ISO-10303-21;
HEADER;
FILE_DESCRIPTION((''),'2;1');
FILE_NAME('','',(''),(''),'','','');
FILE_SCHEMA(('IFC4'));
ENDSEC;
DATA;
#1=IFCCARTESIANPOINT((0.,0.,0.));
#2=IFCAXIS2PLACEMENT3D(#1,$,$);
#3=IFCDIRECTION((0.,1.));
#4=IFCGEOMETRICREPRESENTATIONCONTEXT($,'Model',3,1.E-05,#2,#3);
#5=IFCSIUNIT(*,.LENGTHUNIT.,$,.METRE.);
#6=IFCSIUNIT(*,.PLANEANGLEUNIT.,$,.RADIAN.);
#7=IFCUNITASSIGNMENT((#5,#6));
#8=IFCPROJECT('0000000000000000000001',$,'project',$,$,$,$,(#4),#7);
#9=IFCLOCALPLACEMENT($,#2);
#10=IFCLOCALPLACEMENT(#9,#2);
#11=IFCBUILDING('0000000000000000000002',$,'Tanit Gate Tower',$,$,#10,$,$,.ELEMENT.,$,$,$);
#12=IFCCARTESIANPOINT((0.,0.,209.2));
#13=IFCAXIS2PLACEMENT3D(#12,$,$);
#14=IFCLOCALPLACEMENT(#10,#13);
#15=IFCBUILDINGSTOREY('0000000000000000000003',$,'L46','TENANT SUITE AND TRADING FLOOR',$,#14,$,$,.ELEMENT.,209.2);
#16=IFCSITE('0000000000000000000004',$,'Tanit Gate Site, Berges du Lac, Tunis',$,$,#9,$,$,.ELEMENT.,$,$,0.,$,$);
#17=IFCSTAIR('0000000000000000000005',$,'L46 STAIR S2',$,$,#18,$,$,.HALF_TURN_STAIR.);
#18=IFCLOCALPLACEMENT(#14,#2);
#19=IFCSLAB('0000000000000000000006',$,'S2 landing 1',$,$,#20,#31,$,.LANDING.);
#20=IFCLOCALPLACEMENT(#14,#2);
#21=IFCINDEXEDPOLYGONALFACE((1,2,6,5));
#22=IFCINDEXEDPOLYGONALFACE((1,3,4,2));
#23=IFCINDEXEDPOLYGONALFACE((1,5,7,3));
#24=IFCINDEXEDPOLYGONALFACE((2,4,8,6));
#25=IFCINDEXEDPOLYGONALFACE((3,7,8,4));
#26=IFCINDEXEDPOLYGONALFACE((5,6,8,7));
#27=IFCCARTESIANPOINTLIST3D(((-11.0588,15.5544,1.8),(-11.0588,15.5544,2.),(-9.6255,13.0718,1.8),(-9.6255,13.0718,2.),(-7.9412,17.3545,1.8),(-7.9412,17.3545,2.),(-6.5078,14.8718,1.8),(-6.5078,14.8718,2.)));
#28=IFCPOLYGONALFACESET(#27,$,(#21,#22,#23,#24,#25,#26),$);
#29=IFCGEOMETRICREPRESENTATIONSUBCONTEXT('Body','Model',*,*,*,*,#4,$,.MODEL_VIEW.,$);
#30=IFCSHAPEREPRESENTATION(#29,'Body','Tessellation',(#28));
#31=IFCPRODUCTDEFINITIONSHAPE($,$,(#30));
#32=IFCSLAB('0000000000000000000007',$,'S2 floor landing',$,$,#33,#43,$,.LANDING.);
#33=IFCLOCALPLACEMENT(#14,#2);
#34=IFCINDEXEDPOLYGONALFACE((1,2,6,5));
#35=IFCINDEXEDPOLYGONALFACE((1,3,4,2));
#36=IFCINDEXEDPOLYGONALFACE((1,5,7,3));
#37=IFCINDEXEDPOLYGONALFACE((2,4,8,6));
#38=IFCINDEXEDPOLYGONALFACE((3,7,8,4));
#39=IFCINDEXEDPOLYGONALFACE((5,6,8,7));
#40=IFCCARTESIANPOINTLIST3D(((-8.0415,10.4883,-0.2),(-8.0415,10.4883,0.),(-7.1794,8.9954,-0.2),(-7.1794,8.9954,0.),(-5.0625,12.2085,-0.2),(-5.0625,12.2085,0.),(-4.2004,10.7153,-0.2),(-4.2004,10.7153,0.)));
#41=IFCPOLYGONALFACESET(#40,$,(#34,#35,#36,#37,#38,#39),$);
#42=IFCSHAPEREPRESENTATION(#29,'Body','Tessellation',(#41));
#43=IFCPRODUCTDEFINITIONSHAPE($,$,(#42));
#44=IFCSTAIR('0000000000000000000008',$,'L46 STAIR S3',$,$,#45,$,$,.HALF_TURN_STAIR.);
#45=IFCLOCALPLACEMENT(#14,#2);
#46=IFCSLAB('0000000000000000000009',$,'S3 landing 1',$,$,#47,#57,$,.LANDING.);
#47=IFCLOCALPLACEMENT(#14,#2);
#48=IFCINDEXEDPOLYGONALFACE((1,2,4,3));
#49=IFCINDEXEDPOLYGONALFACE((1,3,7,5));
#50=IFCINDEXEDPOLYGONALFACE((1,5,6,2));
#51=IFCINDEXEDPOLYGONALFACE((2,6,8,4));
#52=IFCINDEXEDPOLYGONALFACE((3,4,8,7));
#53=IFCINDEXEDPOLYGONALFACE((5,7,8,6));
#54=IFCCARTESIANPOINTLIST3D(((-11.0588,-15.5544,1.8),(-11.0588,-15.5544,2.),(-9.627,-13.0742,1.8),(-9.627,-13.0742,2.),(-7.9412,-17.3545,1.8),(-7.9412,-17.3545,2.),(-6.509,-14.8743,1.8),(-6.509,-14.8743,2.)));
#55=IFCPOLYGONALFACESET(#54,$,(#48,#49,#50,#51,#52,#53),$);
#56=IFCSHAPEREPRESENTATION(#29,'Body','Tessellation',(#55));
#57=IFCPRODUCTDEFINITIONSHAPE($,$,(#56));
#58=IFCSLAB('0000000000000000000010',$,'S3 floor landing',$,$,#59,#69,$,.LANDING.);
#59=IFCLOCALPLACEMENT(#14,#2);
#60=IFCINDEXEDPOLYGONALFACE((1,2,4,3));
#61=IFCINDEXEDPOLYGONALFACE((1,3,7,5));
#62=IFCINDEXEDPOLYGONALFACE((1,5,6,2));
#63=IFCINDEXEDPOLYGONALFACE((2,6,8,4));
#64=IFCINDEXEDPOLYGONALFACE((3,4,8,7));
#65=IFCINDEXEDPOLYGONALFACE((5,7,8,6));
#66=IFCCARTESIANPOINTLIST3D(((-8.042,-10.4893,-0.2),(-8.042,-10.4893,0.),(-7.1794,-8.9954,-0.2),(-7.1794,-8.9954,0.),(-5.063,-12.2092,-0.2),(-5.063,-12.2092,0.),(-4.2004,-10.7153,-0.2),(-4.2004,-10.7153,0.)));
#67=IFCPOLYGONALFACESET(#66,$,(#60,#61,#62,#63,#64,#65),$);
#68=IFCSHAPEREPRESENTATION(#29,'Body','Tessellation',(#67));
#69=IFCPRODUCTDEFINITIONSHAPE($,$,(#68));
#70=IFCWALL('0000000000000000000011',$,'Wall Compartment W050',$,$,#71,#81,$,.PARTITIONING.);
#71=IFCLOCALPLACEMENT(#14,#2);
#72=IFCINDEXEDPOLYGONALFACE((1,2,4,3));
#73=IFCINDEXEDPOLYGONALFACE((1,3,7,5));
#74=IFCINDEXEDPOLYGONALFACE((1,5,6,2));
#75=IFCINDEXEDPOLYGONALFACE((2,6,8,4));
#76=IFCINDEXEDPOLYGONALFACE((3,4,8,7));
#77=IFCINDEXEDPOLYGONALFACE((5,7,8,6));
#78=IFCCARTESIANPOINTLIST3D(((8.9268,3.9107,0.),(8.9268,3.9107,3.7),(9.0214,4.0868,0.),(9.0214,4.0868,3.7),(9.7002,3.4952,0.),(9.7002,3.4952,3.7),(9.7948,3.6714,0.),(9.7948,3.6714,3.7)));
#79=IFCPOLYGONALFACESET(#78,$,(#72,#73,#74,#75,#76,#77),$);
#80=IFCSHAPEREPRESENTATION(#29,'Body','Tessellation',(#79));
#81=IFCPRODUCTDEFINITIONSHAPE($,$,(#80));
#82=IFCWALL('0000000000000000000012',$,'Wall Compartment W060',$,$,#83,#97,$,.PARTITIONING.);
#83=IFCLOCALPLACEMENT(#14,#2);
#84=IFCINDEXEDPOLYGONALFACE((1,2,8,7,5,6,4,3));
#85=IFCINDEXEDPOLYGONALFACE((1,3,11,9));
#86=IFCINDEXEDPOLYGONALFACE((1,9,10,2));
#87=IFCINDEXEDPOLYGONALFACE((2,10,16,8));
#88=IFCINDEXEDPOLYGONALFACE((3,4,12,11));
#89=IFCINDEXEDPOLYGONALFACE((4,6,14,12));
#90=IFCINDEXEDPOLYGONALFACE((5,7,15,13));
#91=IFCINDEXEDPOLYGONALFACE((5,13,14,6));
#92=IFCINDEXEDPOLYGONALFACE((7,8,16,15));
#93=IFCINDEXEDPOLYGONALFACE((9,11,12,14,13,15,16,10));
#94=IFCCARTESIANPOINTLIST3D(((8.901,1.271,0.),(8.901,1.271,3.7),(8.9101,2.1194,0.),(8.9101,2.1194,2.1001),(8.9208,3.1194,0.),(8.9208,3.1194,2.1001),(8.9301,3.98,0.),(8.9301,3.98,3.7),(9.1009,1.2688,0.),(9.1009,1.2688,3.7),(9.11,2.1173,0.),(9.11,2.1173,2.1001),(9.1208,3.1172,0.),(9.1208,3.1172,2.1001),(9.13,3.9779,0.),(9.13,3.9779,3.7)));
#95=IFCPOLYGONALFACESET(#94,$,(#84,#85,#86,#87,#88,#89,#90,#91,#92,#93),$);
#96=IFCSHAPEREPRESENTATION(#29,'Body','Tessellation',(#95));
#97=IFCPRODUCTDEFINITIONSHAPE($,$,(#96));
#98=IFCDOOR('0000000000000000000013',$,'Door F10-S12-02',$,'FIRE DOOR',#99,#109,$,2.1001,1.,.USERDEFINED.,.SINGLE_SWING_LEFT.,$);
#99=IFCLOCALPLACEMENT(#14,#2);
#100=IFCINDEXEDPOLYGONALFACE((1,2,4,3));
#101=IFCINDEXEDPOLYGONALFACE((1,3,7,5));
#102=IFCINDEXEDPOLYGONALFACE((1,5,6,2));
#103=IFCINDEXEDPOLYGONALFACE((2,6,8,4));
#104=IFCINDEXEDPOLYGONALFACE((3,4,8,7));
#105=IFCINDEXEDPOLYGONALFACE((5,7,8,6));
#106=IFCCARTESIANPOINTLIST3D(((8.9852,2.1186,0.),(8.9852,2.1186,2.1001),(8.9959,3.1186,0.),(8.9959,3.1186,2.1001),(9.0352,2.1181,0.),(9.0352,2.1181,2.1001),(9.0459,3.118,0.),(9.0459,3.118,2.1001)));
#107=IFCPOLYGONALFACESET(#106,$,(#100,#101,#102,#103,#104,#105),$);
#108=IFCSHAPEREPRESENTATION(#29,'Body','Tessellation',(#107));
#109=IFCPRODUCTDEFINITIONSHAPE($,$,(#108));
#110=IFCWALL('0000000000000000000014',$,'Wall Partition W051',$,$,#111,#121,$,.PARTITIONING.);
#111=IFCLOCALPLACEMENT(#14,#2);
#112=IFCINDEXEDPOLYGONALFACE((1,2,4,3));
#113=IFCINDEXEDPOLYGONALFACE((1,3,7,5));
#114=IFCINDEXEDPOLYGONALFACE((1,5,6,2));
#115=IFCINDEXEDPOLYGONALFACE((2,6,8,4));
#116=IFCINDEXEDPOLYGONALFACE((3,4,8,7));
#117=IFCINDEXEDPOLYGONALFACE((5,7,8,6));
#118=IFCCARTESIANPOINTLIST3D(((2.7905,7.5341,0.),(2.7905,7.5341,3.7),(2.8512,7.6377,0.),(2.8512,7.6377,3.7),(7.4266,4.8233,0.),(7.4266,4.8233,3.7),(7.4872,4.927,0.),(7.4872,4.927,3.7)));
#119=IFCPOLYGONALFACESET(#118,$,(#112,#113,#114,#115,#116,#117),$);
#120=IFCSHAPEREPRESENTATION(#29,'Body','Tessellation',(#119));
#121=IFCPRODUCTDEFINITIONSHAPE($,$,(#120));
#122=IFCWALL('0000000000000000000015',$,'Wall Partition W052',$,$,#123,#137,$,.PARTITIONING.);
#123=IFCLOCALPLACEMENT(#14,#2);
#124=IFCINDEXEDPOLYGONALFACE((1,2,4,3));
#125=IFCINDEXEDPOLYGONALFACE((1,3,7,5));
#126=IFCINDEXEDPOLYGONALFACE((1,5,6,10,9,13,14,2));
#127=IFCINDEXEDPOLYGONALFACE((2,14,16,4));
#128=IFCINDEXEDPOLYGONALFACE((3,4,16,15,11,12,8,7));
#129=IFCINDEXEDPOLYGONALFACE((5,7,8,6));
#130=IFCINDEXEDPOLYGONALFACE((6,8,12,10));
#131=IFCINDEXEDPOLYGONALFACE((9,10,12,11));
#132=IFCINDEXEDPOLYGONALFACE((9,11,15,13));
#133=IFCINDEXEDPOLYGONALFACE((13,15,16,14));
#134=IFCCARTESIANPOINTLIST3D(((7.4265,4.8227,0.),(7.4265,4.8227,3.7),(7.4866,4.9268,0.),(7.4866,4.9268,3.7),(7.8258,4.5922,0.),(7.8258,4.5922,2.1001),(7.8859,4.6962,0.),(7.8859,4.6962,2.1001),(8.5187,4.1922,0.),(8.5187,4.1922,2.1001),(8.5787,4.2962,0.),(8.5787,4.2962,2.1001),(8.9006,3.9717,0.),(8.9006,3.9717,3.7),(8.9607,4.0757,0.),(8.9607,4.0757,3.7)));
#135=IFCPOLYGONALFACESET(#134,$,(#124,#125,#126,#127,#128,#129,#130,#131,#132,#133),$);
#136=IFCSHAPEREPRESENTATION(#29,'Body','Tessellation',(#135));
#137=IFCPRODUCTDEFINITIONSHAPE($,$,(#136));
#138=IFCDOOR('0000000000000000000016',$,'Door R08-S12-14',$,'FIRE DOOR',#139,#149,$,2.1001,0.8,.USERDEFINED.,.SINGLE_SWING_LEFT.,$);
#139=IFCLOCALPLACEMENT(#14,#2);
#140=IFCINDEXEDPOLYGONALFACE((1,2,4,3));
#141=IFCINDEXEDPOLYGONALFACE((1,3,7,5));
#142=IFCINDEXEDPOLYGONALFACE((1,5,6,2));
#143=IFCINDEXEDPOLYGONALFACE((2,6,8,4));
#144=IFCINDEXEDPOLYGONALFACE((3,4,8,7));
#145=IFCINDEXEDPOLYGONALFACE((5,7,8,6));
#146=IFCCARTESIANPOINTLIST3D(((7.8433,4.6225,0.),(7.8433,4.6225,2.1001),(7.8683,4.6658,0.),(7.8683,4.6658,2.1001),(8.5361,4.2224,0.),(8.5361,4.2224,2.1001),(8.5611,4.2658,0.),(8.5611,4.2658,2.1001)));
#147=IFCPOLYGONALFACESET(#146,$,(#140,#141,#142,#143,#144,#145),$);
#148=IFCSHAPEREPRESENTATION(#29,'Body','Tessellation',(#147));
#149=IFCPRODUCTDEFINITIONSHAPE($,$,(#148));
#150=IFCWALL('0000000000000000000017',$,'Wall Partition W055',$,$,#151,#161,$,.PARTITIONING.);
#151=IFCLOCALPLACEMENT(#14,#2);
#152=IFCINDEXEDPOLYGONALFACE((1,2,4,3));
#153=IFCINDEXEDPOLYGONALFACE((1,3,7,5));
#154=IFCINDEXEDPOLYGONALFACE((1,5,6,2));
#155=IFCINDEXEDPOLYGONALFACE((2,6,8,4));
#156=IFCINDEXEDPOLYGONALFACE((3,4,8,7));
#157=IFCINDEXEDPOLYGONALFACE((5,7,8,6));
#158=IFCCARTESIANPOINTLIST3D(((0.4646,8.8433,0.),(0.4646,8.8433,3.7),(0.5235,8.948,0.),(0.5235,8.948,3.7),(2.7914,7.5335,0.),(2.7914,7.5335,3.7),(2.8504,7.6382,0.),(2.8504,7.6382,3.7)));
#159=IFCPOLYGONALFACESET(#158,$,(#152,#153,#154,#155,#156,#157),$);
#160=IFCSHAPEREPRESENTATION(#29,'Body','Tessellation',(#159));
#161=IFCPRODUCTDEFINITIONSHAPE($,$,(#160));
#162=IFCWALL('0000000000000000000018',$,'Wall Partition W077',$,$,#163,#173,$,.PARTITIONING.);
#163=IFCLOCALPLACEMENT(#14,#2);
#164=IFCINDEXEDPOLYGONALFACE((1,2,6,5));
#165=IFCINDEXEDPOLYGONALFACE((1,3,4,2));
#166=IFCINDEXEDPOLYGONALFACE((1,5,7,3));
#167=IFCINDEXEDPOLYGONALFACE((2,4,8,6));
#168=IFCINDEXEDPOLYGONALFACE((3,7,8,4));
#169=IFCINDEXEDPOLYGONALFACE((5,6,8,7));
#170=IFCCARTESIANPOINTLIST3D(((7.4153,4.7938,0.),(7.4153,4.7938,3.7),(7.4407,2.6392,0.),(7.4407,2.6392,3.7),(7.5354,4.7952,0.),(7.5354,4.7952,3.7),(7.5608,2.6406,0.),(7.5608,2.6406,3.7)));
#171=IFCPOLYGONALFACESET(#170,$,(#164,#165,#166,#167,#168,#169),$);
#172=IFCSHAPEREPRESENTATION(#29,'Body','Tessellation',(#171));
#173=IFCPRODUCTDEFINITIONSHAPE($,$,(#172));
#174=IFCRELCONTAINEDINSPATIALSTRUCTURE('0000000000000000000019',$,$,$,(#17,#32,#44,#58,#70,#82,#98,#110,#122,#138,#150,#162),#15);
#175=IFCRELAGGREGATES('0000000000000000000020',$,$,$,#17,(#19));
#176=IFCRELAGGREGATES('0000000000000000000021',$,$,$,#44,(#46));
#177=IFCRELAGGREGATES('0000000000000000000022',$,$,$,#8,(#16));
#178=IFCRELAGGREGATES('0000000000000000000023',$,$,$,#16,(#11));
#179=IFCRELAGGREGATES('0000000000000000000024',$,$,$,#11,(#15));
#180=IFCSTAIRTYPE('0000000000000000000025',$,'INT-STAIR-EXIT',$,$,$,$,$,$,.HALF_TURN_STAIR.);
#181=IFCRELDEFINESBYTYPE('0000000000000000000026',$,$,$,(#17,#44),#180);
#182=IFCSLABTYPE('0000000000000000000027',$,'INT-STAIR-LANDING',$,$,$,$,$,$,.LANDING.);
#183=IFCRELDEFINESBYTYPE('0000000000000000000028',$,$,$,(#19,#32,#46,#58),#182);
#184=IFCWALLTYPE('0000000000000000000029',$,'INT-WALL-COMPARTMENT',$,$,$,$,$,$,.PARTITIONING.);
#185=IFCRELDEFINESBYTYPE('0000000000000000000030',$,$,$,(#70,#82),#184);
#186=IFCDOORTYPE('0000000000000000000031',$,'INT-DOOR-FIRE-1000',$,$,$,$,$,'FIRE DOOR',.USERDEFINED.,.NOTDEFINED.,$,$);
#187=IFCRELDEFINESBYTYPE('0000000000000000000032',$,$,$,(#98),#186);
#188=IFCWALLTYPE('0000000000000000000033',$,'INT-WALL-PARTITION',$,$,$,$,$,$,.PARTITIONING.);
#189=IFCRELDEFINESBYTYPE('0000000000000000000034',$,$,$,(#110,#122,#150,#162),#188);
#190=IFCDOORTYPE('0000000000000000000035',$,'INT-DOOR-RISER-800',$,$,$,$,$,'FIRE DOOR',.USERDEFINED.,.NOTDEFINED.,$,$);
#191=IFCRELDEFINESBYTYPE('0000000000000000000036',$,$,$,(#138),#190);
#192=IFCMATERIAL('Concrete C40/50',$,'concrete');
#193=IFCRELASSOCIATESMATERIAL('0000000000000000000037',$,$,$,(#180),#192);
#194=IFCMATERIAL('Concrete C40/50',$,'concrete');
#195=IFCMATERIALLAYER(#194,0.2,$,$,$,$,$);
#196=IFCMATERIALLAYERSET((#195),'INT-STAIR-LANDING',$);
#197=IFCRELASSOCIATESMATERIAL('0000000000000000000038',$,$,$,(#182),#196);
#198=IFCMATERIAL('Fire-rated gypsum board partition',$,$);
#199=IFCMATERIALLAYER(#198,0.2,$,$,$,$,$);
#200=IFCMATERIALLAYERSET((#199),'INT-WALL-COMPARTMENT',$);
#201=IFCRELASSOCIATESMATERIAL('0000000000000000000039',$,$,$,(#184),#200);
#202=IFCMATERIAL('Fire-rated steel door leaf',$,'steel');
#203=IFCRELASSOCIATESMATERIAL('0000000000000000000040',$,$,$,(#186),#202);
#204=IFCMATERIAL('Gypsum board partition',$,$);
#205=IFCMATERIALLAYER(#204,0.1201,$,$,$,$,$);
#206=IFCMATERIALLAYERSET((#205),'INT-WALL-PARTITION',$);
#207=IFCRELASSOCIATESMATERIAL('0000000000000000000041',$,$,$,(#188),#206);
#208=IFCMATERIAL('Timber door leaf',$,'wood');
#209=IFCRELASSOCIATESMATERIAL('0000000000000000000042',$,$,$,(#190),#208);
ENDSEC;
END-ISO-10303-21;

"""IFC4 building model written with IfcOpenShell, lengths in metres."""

from ifc_helpers import new_model, si_unit, direction, frame, frame_2d, origin, place, context, subcontext, project, spatial, polyline, rectangle, outline, extrude, material, layer, layer_set, type_object, element, fill, aggregate, save


model = new_model("IFC4")

# Units and contexts
model_context = context("Model", 3, precision=1e-05, world=origin(), true_north=direction((0.0, 1.0)))
body_context = subcontext(model_context, "Body", "Model", "MODEL_VIEW")
ifc_project = project(units=[si_unit("LENGTHUNIT", "METRE"), si_unit("PLANEANGLEUNIT", "RADIAN")], contexts=[model_context])

# Site, building, storey
site_placement = place(None, origin())
site = spatial("IfcSite", under=ifc_project, at=site_placement, Name="Tanit Gate Site, Berges du Lac, Tunis", CompositionType="ELEMENT", RefElevation=0.0)
building_placement = place(site_placement, origin())
building = spatial("IfcBuilding", under=site, at=building_placement, Name="Tanit Gate Tower", CompositionType="ELEMENT")
storey_placement = place(building_placement, frame((0.0, 0.0, 209.2)))
storey = spatial("IfcBuildingStorey", under=building, at=storey_placement, Name="L46", Description="TENANT SUITE AND TRADING FLOOR", CompositionType="ELEMENT", Elevation=209.2)

# Stair, slab
ifc_material_1 = material(Name="Concrete C40/50", Category="concrete")
stair_type = type_object("IfcStairType", Name="INT-STAIR-EXIT", PredefinedType="HALF_TURN_STAIR", material=ifc_material_1)
stair_1_placement = place(storey_placement, origin())
stair_1 = element("IfcStair", 1, at=stair_1_placement, inside=storey, type_object=stair_type, Name="L46 STAIR S2", PredefinedType="HALF_TURN_STAIR")
ifc_material_2 = material(Name="Concrete C40/50", Category="concrete")
ifc_layer_1 = layer(ifc_material_2, 0.2)
ifc_layer_set_1 = layer_set([ifc_layer_1], Name="INT-STAIR-LANDING")
slab_type = type_object("IfcSlabType", Name="INT-STAIR-LANDING", PredefinedType="LANDING", material=ifc_layer_set_1)
slab_1_placement = place(storey_placement, frame((0.0, 0.0, 1.8)))
slab_1 = element("IfcSlab", 2, at=slab_1_placement, type_object=slab_type, Name="S2 landing 1", PredefinedType="LANDING", context=body_context, shape_type="SweptSolid", body=[
    extrude(outline(polyline([(-6.5078, 14.8718), (-7.9412, 17.3545), (-11.0588, 15.5544), (-9.6255, 13.0718), (-6.5078, 14.8718)])), origin(), (0.0, 0.0, 1.0), 0.2),
])
aggregate(stair_1, [slab_1])

# Slab
slab_2_placement = place(storey_placement, frame((0.0, 0.0, -0.2)))
element("IfcSlab", 3, at=slab_2_placement, inside=storey, type_object=slab_type, Name="S2 floor landing", PredefinedType="LANDING", context=body_context, shape_type="SweptSolid", body=[
    extrude(outline(polyline([(-4.2004, 10.7153), (-5.0625, 12.2085), (-8.0415, 10.4883), (-7.1794, 8.9954), (-4.2004, 10.7153)])), origin(), (0.0, 0.0, 1.0), 0.2),
])

# Stair, slab
stair_2_placement = place(storey_placement, origin())
stair_2 = element("IfcStair", 4, at=stair_2_placement, inside=storey, type_object=stair_type, Name="L46 STAIR S3", PredefinedType="HALF_TURN_STAIR")
slab_3_placement = place(storey_placement, frame((0.0, 0.0, 1.8)))
slab_3 = element("IfcSlab", 5, at=slab_3_placement, type_object=slab_type, Name="S3 landing 1", PredefinedType="LANDING", context=body_context, shape_type="SweptSolid", body=[
    extrude(outline(polyline([(-9.627, -13.0742), (-11.0588, -15.5544), (-7.9412, -17.3545), (-6.509, -14.8743), (-9.627, -13.0742)])), origin(), (0.0, 0.0, 1.0), 0.2),
])
aggregate(stair_2, [slab_3])

# Slab
slab_4_placement = place(storey_placement, frame((0.0, 0.0, -0.2)))
element("IfcSlab", 6, at=slab_4_placement, inside=storey, type_object=slab_type, Name="S3 floor landing", PredefinedType="LANDING", context=body_context, shape_type="SweptSolid", body=[
    extrude(outline(polyline([(-7.1794, -8.9954), (-8.042, -10.4893), (-5.063, -12.2092), (-4.2004, -10.7153), (-7.1794, -8.9954)])), origin(), (0.0, 0.0, 1.0), 0.2),
])

# Wall
ifc_material_3 = material(Name="Fire-rated gypsum board partition")
ifc_layer_2 = layer(ifc_material_3, 0.2)
ifc_layer_set_2 = layer_set([ifc_layer_2], Name="INT-WALL-COMPARTMENT")
wall_type_1 = type_object("IfcWallType", Name="INT-WALL-COMPARTMENT", PredefinedType="PARTITIONING", material=ifc_layer_set_2)
wall_1_placement = place(storey_placement, frame((8.9741, 3.9988, 0.0), z_axis=(0.0, 0.0, 1.0), x_axis=(0.880917, -0.473271, 0.0)))
element("IfcWall", 7, at=wall_1_placement, inside=storey, type_object=wall_type_1, Name="Wall Compartment W050", PredefinedType="PARTITIONING", context=body_context, shape_type="SweptSolid", body=[
    extrude(rectangle(XDim=0.8779, YDim=0.2, at=frame_2d((0.439, 0.0))), origin(), (0.0, 0.0, 1.0), 3.7),
])

# Wall, opening, door
wall_2_placement = place(storey_placement, frame((9.001, 1.27, 0.0), z_axis=(0.0, 0.0, 1.0), x_axis=(0.010724, 0.999942, 0.0)))
wall_2 = element("IfcWall", 8, at=wall_2_placement, inside=storey, type_object=wall_type_1, Name="Wall Compartment W060", PredefinedType="PARTITIONING", context=body_context, shape_type="SweptSolid", body=[
    extrude(rectangle(XDim=2.7092, YDim=0.2, at=frame_2d((1.3545, 0.0))), origin(), (0.0, 0.0, 1.0), 3.7),
])
opening_1_placement = place(wall_2_placement, frame((0.8484, 0.0, 0.0)))
opening_1 = element("IfcOpeningElement", 9, at=opening_1_placement, cuts=wall_2, PredefinedType="OPENING", context=body_context, shape_type="SweptSolid", body=[
    extrude(rectangle(XDim=1.0, YDim=2.1001, at=frame_2d((0.5, 1.05))), frame((0.0, 0.1099, 0.0), z_axis=(0.0, -1.0, 0.0), x_axis=(1.0, 0.0, 0.0)), (0.0, 0.0, 1.0), 0.22),
])
ifc_material_4 = material(Name="Fire-rated steel door leaf", Category="steel")
door_type_1 = type_object("IfcDoorType", Name="INT-DOOR-FIRE-1000", ElementType="FIRE DOOR", OperationType="NOTDEFINED", PredefinedType="USERDEFINED", material=ifc_material_4)
door_1_placement = place(opening_1_placement, origin())
door_1 = element("IfcDoor", 10, at=door_1_placement, inside=storey, type_object=door_type_1, Name="Door F10-S12-02", ObjectType="FIRE DOOR", OperationType="SINGLE_SWING_LEFT", OverallHeight=2.1001, OverallWidth=1.0, PredefinedType="USERDEFINED", context=body_context, shape_type="SweptSolid", body=[
    extrude(rectangle(XDim=1.0, YDim=2.1001, at=frame_2d((0.5, 1.05))), frame((0.0, 0.0249, 0.0), z_axis=(0.0, -1.0, 0.0), x_axis=(1.0, 0.0, 0.0)), (0.0, 0.0, 1.0), 0.05),
])
fill(opening_1, door_1)

# Wall
ifc_material_5 = material(Name="Gypsum board partition")
ifc_layer_3 = layer(ifc_material_5, 0.1201)
ifc_layer_set_3 = layer_set([ifc_layer_3], Name="INT-WALL-PARTITION")
wall_type_2 = type_object("IfcWallType", Name="INT-WALL-PARTITION", PredefinedType="PARTITIONING", material=ifc_layer_set_3)
wall_3_placement = place(storey_placement, frame((7.4568, 4.8752, 0.0), z_axis=(0.0, 0.0, 1.0), x_axis=(-0.863262, 0.504755, 0.0)))
element("IfcWall", 11, at=wall_3_placement, inside=storey, type_object=wall_type_2, Name="Wall Partition W051", PredefinedType="PARTITIONING", context=body_context, shape_type="SweptSolid", body=[
    extrude(rectangle(XDim=5.3704, YDim=0.1201, at=frame_2d((2.6851, 0.0))), origin(), (0.0, 0.0, 1.0), 3.7),
])

# Wall, opening, door
wall_4_placement = place(storey_placement, frame((7.4565, 4.8748, 0.0), z_axis=(0.0, 0.0, 1.0), x_axis=(0.866028, -0.499996, 0.0)))
wall_4 = element("IfcWall", 12, at=wall_4_placement, inside=storey, type_object=wall_type_2, Name="Wall Partition W052", PredefinedType="PARTITIONING", context=body_context, shape_type="SweptSolid", body=[
    extrude(rectangle(XDim=1.7021, YDim=0.1201, at=frame_2d((0.8511, 0.0))), origin(), (0.0, 0.0, 1.0), 3.7),
])
opening_2_placement = place(wall_4_placement, frame((0.4612, 0.0, 0.0)))
opening_2 = element("IfcOpeningElement", 13, at=opening_2_placement, cuts=wall_4, PredefinedType="OPENING", context=body_context, shape_type="SweptSolid", body=[
    extrude(rectangle(XDim=0.8, YDim=2.1001, at=frame_2d((0.3999, 1.05))), frame((0.0, 0.0701, 0.0), z_axis=(0.0, -1.0, 0.0), x_axis=(1.0, 0.0, 0.0)), (0.0, 0.0, 1.0), 0.1401),
])
ifc_material_6 = material(Name="Timber door leaf", Category="wood")
door_type_2 = type_object("IfcDoorType", Name="INT-DOOR-RISER-800", ElementType="FIRE DOOR", OperationType="NOTDEFINED", PredefinedType="USERDEFINED", material=ifc_material_6)
door_2_placement = place(opening_2_placement, origin())
door_2 = element("IfcDoor", 14, at=door_2_placement, inside=storey, type_object=door_type_2, Name="Door R08-S12-14", ObjectType="FIRE DOOR", OperationType="SINGLE_SWING_LEFT", OverallHeight=2.1001, OverallWidth=0.8, PredefinedType="USERDEFINED", context=body_context, shape_type="SweptSolid", body=[
    extrude(rectangle(XDim=0.8, YDim=2.1001, at=frame_2d((0.3999, 1.05))), frame((0.0, 0.0249, 0.0), z_axis=(0.0, -1.0, 0.0), x_axis=(1.0, 0.0, 0.0)), (0.0, 0.0, 1.0), 0.05),
])
fill(opening_2, door_2)

# Walls
wall_5_placement = place(storey_placement, frame((2.8208, 7.5859, 0.0), z_axis=(0.0, 0.0, 1.0), x_axis=(-0.871427, 0.490526, 0.0)))
element("IfcWall", 15, at=wall_5_placement, inside=storey, type_object=wall_type_2, Name="Wall Partition W055", PredefinedType="PARTITIONING", context=body_context, shape_type="SweptSolid", body=[
    extrude(rectangle(XDim=2.6702, YDim=0.1201, at=frame_2d((1.335, 0.0))), origin(), (0.0, 0.0, 1.0), 3.7),
])
wall_6_placement = place(storey_placement, frame((7.5007, 2.6399, 0.0), z_axis=(0.0, 0.0, 1.0), x_axis=(-0.011784, 0.999931, 0.0)))
element("IfcWall", 16, at=wall_6_placement, inside=storey, type_object=wall_type_2, Name="Wall Partition W077", PredefinedType="PARTITIONING", context=body_context, shape_type="SweptSolid", body=[
    extrude(rectangle(XDim=2.1548, YDim=0.1201, at=frame_2d((1.0774, 0.0))), origin(), (0.0, 0.0, 1.0), 3.7),
])

save(model, "model.ifc")
